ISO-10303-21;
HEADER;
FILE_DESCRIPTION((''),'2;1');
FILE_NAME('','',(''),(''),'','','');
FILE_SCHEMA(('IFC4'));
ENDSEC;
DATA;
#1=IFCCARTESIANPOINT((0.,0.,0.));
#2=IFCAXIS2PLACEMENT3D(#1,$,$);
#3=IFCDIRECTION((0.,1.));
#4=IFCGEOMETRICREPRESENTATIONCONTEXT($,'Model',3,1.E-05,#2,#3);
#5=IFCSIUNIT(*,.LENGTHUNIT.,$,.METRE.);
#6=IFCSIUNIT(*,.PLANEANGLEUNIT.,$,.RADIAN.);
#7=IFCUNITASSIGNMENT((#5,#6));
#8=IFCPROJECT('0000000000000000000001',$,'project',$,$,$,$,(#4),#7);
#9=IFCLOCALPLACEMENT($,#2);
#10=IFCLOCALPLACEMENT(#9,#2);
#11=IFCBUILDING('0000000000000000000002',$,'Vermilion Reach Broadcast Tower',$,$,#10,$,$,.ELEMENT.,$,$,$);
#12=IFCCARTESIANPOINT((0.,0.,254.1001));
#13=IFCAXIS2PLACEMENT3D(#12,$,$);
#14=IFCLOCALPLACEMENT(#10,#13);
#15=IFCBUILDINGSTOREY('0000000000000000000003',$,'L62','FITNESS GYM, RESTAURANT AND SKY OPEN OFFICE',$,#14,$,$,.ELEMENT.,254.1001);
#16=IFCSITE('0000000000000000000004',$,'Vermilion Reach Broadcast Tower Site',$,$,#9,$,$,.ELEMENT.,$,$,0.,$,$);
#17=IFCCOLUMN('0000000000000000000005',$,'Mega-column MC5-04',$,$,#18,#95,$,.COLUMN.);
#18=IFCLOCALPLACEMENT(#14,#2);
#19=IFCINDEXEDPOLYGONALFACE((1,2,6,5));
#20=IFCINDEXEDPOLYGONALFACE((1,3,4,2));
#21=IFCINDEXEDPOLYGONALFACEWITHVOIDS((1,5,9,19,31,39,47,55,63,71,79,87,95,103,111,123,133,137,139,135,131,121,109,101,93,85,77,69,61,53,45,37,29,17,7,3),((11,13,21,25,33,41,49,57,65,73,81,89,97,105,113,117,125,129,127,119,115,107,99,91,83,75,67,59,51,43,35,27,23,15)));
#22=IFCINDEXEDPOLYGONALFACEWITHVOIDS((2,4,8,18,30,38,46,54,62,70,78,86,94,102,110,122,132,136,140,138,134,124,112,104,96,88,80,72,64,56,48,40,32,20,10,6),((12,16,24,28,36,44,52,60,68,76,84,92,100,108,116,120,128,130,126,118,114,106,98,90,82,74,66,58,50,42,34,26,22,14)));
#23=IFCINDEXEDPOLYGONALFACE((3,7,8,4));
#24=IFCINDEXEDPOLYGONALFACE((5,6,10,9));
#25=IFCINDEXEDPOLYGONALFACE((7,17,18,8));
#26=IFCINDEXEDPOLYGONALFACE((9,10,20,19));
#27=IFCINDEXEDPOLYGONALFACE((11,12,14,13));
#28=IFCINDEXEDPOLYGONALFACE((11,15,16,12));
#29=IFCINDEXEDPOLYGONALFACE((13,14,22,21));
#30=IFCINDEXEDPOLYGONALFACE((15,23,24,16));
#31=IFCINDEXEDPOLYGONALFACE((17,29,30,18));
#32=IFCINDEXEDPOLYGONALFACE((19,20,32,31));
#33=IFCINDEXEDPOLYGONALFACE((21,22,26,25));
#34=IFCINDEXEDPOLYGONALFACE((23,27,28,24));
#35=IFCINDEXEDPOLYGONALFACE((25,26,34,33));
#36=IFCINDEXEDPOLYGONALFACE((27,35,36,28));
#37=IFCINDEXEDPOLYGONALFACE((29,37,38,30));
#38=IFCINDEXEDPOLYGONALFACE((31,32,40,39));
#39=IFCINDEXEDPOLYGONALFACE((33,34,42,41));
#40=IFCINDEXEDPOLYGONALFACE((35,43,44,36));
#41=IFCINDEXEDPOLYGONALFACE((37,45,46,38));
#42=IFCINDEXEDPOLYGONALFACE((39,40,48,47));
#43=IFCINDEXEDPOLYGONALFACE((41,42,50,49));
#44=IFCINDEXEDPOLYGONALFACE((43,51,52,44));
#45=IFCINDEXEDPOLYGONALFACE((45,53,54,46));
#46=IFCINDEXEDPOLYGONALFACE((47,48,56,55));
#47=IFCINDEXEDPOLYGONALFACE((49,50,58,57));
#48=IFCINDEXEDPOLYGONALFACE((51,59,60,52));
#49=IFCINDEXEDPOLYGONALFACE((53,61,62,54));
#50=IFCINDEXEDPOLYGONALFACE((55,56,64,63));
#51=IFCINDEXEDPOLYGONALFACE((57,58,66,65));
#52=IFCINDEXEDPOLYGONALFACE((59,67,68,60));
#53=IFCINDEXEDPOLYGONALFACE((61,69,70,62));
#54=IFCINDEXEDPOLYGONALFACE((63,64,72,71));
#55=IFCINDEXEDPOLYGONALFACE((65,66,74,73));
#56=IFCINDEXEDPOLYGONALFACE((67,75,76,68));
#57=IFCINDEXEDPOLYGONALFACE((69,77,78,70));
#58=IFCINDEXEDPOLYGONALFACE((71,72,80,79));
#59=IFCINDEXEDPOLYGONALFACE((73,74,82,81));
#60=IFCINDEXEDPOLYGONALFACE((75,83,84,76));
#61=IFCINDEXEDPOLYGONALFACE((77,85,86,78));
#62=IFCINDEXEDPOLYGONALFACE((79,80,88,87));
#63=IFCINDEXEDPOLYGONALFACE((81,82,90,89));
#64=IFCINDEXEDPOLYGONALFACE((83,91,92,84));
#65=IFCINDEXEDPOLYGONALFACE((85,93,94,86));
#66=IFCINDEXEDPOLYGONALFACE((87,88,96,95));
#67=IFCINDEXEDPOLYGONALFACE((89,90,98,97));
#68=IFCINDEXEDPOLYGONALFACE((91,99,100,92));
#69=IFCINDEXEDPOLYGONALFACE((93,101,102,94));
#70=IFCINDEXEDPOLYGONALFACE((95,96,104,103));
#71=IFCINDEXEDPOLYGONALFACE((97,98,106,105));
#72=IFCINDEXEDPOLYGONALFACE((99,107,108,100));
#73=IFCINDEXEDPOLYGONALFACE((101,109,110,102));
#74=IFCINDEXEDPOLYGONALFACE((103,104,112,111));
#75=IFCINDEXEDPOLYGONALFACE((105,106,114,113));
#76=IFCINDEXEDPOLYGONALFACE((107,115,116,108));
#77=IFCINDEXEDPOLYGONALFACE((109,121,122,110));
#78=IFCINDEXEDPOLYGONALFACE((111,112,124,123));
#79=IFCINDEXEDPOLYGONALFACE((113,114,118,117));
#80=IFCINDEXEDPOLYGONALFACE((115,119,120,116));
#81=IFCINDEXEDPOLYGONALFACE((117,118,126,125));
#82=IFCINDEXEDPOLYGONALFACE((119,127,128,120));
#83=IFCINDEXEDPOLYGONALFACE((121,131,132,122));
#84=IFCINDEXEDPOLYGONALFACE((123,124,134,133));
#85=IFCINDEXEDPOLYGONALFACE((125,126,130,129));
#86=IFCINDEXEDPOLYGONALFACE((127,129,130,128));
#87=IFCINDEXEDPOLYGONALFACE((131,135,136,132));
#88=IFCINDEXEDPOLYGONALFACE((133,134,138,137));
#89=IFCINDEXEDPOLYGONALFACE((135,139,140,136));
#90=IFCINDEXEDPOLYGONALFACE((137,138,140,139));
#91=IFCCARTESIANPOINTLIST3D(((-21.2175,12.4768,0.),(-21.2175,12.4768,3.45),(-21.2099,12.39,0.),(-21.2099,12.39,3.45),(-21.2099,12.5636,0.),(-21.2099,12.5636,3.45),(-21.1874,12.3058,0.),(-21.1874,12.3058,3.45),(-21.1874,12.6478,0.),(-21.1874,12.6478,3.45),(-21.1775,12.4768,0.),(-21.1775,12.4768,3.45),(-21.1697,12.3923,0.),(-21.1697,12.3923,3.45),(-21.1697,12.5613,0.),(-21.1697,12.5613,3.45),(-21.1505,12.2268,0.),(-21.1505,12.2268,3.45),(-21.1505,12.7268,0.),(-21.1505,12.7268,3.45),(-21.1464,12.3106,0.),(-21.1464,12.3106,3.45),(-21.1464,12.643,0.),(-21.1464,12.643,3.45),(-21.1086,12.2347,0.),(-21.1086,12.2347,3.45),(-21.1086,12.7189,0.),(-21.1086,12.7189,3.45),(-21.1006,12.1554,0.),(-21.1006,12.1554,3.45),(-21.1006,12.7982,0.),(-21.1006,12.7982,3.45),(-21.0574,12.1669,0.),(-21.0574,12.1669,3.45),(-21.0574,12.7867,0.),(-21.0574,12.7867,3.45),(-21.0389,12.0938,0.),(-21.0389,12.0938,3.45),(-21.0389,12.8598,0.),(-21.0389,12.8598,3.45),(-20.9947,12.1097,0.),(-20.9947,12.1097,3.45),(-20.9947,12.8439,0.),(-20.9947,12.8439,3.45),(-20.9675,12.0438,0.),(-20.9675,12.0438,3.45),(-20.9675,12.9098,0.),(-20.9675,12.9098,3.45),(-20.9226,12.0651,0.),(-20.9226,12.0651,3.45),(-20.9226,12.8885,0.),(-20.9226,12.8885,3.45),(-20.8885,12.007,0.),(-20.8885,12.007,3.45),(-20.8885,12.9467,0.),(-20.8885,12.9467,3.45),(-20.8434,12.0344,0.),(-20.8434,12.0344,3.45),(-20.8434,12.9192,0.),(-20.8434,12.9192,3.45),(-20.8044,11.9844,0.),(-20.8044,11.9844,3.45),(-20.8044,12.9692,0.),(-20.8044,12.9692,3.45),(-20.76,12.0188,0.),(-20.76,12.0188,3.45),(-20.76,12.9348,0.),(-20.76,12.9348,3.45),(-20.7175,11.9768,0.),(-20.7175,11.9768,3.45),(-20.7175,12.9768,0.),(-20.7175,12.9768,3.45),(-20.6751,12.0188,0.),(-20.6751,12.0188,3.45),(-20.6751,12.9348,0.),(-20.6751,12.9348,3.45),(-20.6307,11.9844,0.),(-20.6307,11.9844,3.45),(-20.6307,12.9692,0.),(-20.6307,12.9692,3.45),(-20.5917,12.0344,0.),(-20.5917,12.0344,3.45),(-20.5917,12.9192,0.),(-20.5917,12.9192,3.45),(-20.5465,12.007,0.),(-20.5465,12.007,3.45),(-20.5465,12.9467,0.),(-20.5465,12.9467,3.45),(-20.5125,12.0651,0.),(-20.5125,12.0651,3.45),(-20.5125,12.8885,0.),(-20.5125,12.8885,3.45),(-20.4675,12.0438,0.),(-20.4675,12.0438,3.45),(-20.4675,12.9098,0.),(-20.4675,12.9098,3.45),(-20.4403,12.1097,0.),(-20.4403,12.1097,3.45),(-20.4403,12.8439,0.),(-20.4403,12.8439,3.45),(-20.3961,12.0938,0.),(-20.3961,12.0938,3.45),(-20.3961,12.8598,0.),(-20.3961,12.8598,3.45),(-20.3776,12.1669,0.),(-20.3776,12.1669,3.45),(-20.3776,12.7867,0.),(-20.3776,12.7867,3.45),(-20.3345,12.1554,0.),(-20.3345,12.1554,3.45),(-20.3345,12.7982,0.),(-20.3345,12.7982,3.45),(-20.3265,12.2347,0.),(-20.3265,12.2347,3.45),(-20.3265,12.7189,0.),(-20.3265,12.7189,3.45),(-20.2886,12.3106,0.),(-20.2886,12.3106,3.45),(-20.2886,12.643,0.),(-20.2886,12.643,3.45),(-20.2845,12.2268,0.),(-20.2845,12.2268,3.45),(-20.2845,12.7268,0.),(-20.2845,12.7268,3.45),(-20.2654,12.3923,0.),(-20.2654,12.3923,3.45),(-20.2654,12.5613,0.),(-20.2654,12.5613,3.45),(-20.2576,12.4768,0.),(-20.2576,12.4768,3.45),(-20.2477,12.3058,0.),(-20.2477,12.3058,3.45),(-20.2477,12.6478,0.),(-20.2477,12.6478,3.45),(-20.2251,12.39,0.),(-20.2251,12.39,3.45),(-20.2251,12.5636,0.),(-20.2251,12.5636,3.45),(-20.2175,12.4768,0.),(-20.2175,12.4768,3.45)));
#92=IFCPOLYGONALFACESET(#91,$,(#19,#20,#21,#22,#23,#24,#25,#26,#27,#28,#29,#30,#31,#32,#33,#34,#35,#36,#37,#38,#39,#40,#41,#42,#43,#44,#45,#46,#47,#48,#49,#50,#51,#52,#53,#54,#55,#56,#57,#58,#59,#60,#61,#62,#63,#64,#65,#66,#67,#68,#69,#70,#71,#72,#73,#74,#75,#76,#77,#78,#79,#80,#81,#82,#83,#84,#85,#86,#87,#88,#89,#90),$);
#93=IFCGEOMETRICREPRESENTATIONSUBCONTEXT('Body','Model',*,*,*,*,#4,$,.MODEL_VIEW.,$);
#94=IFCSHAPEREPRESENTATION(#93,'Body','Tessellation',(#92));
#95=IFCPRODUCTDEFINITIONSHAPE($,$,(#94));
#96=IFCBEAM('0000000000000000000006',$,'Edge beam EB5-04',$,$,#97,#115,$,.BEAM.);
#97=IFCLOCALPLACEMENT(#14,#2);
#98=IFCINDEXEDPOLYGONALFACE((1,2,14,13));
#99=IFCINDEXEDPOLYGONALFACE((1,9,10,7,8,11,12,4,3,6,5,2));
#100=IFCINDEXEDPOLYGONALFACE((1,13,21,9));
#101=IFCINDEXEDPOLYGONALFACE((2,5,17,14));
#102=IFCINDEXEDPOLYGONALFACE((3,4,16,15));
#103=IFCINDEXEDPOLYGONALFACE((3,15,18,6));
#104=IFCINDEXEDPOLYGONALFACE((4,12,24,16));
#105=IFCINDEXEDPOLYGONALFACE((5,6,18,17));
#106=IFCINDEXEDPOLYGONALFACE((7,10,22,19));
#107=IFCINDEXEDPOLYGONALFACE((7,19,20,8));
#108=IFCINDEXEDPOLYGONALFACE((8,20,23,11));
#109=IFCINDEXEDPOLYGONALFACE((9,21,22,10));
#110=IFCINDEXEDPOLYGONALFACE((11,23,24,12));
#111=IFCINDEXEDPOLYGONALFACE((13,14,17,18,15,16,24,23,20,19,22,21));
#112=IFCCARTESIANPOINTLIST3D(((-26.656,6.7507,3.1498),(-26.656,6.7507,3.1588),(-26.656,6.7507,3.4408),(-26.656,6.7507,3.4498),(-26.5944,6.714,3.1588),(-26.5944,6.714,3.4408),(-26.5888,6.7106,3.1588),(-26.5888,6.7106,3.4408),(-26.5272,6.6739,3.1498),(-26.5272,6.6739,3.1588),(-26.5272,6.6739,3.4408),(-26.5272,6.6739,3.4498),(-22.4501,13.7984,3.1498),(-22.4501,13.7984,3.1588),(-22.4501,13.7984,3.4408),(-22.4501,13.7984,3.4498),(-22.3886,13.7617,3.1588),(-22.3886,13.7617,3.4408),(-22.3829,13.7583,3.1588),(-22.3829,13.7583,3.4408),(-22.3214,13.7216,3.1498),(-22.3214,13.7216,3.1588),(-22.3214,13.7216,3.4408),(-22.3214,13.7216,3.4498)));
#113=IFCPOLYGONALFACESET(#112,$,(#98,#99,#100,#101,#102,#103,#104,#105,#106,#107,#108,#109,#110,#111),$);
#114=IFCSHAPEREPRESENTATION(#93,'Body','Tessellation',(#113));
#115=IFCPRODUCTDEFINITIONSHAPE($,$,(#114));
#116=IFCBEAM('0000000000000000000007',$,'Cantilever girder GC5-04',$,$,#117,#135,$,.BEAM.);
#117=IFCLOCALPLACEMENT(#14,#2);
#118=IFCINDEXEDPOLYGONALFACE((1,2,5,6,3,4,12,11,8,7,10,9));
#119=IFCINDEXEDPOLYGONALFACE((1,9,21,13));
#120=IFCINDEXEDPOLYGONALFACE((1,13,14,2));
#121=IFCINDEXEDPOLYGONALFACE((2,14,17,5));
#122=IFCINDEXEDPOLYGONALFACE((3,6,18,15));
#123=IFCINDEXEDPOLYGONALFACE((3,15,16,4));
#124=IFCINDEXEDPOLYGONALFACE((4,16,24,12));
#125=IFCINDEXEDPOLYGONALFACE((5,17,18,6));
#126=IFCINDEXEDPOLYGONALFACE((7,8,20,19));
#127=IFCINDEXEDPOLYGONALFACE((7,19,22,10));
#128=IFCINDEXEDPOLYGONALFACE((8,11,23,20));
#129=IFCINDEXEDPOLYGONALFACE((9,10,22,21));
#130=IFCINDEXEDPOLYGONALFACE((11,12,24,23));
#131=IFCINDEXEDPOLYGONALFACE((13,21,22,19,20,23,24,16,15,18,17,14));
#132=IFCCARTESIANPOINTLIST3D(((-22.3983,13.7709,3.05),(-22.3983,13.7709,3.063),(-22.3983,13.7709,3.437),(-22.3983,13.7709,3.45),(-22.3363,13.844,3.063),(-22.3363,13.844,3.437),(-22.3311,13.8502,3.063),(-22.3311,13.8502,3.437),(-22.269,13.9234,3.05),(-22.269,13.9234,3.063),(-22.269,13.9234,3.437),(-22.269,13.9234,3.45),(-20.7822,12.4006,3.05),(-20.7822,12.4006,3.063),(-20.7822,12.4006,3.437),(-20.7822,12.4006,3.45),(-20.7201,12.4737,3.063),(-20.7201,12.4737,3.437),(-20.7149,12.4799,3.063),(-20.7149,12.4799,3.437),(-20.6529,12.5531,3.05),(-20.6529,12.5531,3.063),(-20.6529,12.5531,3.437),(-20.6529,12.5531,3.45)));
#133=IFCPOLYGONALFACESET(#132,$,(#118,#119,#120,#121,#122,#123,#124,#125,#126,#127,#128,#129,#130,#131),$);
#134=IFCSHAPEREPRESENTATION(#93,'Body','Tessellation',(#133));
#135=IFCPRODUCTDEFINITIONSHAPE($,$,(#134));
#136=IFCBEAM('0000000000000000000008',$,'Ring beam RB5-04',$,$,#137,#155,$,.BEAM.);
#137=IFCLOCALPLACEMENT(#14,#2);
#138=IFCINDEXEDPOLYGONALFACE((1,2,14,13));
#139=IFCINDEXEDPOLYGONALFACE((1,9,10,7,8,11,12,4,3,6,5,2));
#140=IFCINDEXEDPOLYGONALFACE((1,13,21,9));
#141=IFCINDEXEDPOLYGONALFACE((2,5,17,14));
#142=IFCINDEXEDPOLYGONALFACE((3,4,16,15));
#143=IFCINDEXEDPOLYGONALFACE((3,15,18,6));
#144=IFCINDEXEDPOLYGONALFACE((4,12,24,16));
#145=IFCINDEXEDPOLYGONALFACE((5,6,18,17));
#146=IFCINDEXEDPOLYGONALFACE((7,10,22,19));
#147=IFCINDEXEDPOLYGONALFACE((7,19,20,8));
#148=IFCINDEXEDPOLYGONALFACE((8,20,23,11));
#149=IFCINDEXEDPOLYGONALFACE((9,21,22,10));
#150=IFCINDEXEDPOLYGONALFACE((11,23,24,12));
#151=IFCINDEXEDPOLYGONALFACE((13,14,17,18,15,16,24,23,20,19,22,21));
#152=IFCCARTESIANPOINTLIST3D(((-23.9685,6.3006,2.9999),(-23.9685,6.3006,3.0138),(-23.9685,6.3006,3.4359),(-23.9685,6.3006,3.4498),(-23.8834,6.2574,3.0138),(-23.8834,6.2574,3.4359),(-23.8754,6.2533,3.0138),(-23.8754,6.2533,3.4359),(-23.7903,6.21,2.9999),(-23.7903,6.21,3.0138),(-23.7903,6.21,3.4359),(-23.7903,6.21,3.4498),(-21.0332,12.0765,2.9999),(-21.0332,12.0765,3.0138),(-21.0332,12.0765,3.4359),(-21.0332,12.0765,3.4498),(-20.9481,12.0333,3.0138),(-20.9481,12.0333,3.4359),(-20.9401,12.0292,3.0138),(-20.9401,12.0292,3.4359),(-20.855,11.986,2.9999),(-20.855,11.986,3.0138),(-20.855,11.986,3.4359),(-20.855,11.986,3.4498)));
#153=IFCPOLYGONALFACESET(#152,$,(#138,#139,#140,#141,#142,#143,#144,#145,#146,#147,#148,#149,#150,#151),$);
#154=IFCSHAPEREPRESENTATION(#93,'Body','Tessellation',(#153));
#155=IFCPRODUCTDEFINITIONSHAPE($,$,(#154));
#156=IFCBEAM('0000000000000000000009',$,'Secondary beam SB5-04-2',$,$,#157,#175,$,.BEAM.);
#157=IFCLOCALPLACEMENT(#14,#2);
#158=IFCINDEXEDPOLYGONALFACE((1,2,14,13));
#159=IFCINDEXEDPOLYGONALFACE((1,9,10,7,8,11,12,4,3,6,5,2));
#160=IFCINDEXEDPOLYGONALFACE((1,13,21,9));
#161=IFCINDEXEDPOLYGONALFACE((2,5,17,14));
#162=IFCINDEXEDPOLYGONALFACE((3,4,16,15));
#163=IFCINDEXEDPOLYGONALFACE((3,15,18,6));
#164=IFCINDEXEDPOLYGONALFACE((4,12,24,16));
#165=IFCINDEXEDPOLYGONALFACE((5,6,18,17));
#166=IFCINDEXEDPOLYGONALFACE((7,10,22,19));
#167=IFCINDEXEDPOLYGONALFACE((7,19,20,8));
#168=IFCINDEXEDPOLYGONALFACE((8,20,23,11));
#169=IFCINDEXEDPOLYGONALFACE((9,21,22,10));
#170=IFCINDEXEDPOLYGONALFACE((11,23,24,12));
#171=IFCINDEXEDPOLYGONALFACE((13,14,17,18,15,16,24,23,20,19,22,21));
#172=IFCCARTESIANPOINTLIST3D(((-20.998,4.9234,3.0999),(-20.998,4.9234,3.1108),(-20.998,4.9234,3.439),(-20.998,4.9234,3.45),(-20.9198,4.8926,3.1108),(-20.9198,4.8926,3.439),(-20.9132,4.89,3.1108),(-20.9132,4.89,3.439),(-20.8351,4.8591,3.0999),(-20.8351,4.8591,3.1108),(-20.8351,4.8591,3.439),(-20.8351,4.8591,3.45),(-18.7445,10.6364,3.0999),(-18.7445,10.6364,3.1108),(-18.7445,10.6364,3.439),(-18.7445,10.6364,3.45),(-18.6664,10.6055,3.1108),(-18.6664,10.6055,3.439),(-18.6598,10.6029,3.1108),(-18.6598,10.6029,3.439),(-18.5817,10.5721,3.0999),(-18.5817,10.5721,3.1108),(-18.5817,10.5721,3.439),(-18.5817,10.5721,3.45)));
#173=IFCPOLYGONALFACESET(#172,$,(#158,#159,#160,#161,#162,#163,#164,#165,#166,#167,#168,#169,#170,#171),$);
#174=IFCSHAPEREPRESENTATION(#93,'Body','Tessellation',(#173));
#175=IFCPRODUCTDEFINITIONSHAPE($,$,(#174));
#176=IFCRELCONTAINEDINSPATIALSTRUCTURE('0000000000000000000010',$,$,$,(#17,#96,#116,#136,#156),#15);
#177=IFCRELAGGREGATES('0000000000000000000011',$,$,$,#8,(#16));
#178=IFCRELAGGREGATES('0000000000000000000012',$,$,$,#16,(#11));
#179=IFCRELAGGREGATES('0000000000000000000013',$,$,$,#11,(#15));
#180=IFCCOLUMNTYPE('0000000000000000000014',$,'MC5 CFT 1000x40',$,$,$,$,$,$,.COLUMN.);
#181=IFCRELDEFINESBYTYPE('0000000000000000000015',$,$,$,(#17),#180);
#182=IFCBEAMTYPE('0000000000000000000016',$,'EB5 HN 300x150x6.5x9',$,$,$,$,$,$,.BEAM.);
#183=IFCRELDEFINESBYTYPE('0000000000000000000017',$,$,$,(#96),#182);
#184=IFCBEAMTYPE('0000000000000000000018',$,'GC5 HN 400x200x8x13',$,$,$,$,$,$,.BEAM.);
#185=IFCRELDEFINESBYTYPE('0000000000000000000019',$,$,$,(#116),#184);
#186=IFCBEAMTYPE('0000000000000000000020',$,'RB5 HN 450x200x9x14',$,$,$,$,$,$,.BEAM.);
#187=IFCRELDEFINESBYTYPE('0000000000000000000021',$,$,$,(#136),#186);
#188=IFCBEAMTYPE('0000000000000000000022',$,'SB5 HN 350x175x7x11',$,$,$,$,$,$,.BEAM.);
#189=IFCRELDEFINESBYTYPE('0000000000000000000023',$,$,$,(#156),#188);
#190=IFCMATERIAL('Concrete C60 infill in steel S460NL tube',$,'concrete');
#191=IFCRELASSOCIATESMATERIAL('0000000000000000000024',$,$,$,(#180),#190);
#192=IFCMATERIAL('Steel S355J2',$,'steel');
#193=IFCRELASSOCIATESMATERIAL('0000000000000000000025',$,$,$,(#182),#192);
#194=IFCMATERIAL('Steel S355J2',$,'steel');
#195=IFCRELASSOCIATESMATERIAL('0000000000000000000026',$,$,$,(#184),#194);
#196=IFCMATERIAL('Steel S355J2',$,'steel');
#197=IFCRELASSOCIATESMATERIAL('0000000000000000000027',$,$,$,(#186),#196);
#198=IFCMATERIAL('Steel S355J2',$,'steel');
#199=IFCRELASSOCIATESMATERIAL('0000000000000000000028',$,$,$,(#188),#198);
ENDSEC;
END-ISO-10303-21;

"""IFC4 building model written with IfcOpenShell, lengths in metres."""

from ifc_helpers import new_model, si_unit, direction, frame, origin, origin_2d, place, context, subcontext, project, spatial, hollow_circle, i_section, extrude, material, material_profile, profile_set, type_object, element, save


model = new_model("IFC4")

# Units and contexts
model_context = context("Model", 3, precision=1e-05, world=origin(), true_north=direction((0.0, 1.0)))
body_context = subcontext(model_context, "Body", "Model", "MODEL_VIEW")
ifc_project = project(units=[si_unit("LENGTHUNIT", "METRE"), si_unit("PLANEANGLEUNIT", "RADIAN")], contexts=[model_context])

# Site, building, storey
site_placement = place(None, origin())
site = spatial("IfcSite", under=ifc_project, at=site_placement, Name="Vermilion Reach Broadcast Tower Site", CompositionType="ELEMENT", RefElevation=0.0)
building_placement = place(site_placement, origin())
building = spatial("IfcBuilding", under=site, at=building_placement, Name="Vermilion Reach Broadcast Tower", CompositionType="ELEMENT")
storey_placement = place(building_placement, frame((0.0, 0.0, 254.1001)))
storey = spatial("IfcBuildingStorey", under=building, at=storey_placement, Name="L62", Description="FITNESS GYM, RESTAURANT AND SKY OPEN OFFICE", CompositionType="ELEMENT", Elevation=254.1001)

# Column
ifc_material_1 = material(Name="Concrete C60 infill in steel S460NL tube", Category="concrete")
ifc_material_profile_1 = material_profile(ifc_material_1, hollow_circle(Radius=0.5, WallThickness=0.04, at=origin_2d()), Name="Concrete C60 infill in steel S460NL tube CFT 1000x40")
ifc_profile_set_1 = profile_set([ifc_material_profile_1], Name="Concrete C60 infill in steel S460NL tube")
column_type = type_object("IfcColumnType", Name="MC5 CFT 1000x40", PredefinedType="COLUMN", material=ifc_profile_set_1)
column_placement = place(storey_placement, frame((-20.7175, 12.4768, 0.0), z_axis=(0.0, 0.0, 1.0), x_axis=(1.0, 0.0, 0.0)))
element("IfcColumn", 1, at=column_placement, inside=storey, type_object=column_type, Name="Mega-column MC5-04", PredefinedType="COLUMN", context=body_context, shape_type="SweptSolid", body=[
    extrude(hollow_circle(Radius=0.5, WallThickness=0.04, at=origin_2d()), origin(), (0.0, 0.0, 1.0), 3.45),
])

# Beams
ifc_material_2 = material(Name="Steel S355J2", Category="steel")
ifc_material_profile_2 = material_profile(ifc_material_2, i_section(OverallWidth=0.1499, OverallDepth=0.3, WebThickness=0.0066, FlangeThickness=0.009, at=origin_2d()), Name="S355J2 HN 300x150x6.5x9")
ifc_profile_set_2 = profile_set([ifc_material_profile_2], Name="Steel S355J2")
beam_type_1 = type_object("IfcBeamType", Name="EB5 HN 300x150x6.5x9", PredefinedType="BEAM", material=ifc_profile_set_2)
beam_1_placement = place(storey_placement, frame((-22.3857, 13.76, 3.2998), z_axis=(-0.512456, -0.858714, 0.0), x_axis=(0.858714, -0.512456, 0.0)))
element("IfcBeam", 2, at=beam_1_placement, inside=storey, type_object=beam_type_1, Name="Edge beam EB5-04", PredefinedType="BEAM", context=body_context, shape_type="SweptSolid", body=[
    extrude(i_section(OverallWidth=0.1499, OverallDepth=0.3, WebThickness=0.0066, FlangeThickness=0.009, at=origin_2d()), origin(), (0.0, 0.0, 1.0), 8.2073),
])
ifc_material_3 = material(Name="Steel S355J2", Category="steel")
ifc_material_profile_3 = material_profile(ifc_material_3, i_section(OverallWidth=0.2, OverallDepth=0.3999, WebThickness=0.0081, FlangeThickness=0.0129, at=origin_2d()), Name="S355J2 HN 400x200x8x13")
ifc_profile_set_3 = profile_set([ifc_material_profile_3], Name="Steel S355J2")
beam_type_2 = type_object("IfcBeamType", Name="GC5 HN 400x200x8x13", PredefinedType="BEAM", material=ifc_profile_set_3)
beam_2_placement = place(storey_placement, frame((-20.7175, 12.4768, 3.25), z_axis=(-0.762735, 0.646711, 0.0), x_axis=(-0.646711, -0.762735, 0.0)))
element("IfcBeam", 3, at=beam_2_placement, inside=storey, type_object=beam_type_2, Name="Cantilever girder GC5-04", PredefinedType="BEAM", context=body_context, shape_type="SweptSolid", body=[
    extrude(i_section(OverallWidth=0.2, OverallDepth=0.3999, WebThickness=0.0081, FlangeThickness=0.0129, at=origin_2d()), origin(), (0.0, 0.0, 1.0), 2.1189),
])
ifc_material_4 = material(Name="Steel S355J2", Category="steel")
ifc_material_profile_4 = material_profile(ifc_material_4, i_section(OverallWidth=0.2, OverallDepth=0.45, WebThickness=0.009, FlangeThickness=0.0139, at=origin_2d()), Name="S355J2 HN 450x200x9x14")
ifc_profile_set_4 = profile_set([ifc_material_profile_4], Name="Steel S355J2")
beam_type_3 = type_object("IfcBeamType", Name="RB5 HN 450x200x9x14", PredefinedType="BEAM", material=ifc_profile_set_4)
beam_3_placement = place(storey_placement, frame((-20.9441, 12.0312, 3.2249), z_axis=(-0.453052, -0.891484, 0.0), x_axis=(0.891484, -0.453052, 0.0)))
element("IfcBeam", 4, at=beam_3_placement, inside=storey, type_object=beam_type_3, Name="Ring beam RB5-04", PredefinedType="BEAM", context=body_context, shape_type="SweptSolid", body=[
    extrude(i_section(OverallWidth=0.2, OverallDepth=0.45, WebThickness=0.009, FlangeThickness=0.0139, at=origin_2d()), origin(), (0.0, 0.0, 1.0), 6.479),
])
ifc_material_5 = material(Name="Steel S355J2", Category="steel")
ifc_material_profile_5 = material_profile(ifc_material_5, i_section(OverallWidth=0.175, OverallDepth=0.3501, WebThickness=0.0071, FlangeThickness=0.011, at=origin_2d()), Name="S355J2 HN 350x175x7x11")
ifc_profile_set_5 = profile_set([ifc_material_profile_5], Name="Steel S355J2")
beam_type_4 = type_object("IfcBeamType", Name="SB5 HN 350x175x7x11", PredefinedType="BEAM", material=ifc_profile_set_5)
beam_4_placement = place(storey_placement, frame((-18.6631, 10.6042, 3.2749), z_axis=(-0.366931, -0.930248, 0.0), x_axis=(0.930248, -0.366931, 0.0)))
element("IfcBeam", 5, at=beam_4_placement, inside=storey, type_object=beam_type_4, Name="Secondary beam SB5-04-2", PredefinedType="BEAM", context=body_context, shape_type="SweptSolid", body=[
    extrude(i_section(OverallWidth=0.175, OverallDepth=0.3501, WebThickness=0.0071, FlangeThickness=0.011, at=origin_2d()), origin(), (0.0, 0.0, 1.0), 6.1414),
])

save(model, "model.ifc")
